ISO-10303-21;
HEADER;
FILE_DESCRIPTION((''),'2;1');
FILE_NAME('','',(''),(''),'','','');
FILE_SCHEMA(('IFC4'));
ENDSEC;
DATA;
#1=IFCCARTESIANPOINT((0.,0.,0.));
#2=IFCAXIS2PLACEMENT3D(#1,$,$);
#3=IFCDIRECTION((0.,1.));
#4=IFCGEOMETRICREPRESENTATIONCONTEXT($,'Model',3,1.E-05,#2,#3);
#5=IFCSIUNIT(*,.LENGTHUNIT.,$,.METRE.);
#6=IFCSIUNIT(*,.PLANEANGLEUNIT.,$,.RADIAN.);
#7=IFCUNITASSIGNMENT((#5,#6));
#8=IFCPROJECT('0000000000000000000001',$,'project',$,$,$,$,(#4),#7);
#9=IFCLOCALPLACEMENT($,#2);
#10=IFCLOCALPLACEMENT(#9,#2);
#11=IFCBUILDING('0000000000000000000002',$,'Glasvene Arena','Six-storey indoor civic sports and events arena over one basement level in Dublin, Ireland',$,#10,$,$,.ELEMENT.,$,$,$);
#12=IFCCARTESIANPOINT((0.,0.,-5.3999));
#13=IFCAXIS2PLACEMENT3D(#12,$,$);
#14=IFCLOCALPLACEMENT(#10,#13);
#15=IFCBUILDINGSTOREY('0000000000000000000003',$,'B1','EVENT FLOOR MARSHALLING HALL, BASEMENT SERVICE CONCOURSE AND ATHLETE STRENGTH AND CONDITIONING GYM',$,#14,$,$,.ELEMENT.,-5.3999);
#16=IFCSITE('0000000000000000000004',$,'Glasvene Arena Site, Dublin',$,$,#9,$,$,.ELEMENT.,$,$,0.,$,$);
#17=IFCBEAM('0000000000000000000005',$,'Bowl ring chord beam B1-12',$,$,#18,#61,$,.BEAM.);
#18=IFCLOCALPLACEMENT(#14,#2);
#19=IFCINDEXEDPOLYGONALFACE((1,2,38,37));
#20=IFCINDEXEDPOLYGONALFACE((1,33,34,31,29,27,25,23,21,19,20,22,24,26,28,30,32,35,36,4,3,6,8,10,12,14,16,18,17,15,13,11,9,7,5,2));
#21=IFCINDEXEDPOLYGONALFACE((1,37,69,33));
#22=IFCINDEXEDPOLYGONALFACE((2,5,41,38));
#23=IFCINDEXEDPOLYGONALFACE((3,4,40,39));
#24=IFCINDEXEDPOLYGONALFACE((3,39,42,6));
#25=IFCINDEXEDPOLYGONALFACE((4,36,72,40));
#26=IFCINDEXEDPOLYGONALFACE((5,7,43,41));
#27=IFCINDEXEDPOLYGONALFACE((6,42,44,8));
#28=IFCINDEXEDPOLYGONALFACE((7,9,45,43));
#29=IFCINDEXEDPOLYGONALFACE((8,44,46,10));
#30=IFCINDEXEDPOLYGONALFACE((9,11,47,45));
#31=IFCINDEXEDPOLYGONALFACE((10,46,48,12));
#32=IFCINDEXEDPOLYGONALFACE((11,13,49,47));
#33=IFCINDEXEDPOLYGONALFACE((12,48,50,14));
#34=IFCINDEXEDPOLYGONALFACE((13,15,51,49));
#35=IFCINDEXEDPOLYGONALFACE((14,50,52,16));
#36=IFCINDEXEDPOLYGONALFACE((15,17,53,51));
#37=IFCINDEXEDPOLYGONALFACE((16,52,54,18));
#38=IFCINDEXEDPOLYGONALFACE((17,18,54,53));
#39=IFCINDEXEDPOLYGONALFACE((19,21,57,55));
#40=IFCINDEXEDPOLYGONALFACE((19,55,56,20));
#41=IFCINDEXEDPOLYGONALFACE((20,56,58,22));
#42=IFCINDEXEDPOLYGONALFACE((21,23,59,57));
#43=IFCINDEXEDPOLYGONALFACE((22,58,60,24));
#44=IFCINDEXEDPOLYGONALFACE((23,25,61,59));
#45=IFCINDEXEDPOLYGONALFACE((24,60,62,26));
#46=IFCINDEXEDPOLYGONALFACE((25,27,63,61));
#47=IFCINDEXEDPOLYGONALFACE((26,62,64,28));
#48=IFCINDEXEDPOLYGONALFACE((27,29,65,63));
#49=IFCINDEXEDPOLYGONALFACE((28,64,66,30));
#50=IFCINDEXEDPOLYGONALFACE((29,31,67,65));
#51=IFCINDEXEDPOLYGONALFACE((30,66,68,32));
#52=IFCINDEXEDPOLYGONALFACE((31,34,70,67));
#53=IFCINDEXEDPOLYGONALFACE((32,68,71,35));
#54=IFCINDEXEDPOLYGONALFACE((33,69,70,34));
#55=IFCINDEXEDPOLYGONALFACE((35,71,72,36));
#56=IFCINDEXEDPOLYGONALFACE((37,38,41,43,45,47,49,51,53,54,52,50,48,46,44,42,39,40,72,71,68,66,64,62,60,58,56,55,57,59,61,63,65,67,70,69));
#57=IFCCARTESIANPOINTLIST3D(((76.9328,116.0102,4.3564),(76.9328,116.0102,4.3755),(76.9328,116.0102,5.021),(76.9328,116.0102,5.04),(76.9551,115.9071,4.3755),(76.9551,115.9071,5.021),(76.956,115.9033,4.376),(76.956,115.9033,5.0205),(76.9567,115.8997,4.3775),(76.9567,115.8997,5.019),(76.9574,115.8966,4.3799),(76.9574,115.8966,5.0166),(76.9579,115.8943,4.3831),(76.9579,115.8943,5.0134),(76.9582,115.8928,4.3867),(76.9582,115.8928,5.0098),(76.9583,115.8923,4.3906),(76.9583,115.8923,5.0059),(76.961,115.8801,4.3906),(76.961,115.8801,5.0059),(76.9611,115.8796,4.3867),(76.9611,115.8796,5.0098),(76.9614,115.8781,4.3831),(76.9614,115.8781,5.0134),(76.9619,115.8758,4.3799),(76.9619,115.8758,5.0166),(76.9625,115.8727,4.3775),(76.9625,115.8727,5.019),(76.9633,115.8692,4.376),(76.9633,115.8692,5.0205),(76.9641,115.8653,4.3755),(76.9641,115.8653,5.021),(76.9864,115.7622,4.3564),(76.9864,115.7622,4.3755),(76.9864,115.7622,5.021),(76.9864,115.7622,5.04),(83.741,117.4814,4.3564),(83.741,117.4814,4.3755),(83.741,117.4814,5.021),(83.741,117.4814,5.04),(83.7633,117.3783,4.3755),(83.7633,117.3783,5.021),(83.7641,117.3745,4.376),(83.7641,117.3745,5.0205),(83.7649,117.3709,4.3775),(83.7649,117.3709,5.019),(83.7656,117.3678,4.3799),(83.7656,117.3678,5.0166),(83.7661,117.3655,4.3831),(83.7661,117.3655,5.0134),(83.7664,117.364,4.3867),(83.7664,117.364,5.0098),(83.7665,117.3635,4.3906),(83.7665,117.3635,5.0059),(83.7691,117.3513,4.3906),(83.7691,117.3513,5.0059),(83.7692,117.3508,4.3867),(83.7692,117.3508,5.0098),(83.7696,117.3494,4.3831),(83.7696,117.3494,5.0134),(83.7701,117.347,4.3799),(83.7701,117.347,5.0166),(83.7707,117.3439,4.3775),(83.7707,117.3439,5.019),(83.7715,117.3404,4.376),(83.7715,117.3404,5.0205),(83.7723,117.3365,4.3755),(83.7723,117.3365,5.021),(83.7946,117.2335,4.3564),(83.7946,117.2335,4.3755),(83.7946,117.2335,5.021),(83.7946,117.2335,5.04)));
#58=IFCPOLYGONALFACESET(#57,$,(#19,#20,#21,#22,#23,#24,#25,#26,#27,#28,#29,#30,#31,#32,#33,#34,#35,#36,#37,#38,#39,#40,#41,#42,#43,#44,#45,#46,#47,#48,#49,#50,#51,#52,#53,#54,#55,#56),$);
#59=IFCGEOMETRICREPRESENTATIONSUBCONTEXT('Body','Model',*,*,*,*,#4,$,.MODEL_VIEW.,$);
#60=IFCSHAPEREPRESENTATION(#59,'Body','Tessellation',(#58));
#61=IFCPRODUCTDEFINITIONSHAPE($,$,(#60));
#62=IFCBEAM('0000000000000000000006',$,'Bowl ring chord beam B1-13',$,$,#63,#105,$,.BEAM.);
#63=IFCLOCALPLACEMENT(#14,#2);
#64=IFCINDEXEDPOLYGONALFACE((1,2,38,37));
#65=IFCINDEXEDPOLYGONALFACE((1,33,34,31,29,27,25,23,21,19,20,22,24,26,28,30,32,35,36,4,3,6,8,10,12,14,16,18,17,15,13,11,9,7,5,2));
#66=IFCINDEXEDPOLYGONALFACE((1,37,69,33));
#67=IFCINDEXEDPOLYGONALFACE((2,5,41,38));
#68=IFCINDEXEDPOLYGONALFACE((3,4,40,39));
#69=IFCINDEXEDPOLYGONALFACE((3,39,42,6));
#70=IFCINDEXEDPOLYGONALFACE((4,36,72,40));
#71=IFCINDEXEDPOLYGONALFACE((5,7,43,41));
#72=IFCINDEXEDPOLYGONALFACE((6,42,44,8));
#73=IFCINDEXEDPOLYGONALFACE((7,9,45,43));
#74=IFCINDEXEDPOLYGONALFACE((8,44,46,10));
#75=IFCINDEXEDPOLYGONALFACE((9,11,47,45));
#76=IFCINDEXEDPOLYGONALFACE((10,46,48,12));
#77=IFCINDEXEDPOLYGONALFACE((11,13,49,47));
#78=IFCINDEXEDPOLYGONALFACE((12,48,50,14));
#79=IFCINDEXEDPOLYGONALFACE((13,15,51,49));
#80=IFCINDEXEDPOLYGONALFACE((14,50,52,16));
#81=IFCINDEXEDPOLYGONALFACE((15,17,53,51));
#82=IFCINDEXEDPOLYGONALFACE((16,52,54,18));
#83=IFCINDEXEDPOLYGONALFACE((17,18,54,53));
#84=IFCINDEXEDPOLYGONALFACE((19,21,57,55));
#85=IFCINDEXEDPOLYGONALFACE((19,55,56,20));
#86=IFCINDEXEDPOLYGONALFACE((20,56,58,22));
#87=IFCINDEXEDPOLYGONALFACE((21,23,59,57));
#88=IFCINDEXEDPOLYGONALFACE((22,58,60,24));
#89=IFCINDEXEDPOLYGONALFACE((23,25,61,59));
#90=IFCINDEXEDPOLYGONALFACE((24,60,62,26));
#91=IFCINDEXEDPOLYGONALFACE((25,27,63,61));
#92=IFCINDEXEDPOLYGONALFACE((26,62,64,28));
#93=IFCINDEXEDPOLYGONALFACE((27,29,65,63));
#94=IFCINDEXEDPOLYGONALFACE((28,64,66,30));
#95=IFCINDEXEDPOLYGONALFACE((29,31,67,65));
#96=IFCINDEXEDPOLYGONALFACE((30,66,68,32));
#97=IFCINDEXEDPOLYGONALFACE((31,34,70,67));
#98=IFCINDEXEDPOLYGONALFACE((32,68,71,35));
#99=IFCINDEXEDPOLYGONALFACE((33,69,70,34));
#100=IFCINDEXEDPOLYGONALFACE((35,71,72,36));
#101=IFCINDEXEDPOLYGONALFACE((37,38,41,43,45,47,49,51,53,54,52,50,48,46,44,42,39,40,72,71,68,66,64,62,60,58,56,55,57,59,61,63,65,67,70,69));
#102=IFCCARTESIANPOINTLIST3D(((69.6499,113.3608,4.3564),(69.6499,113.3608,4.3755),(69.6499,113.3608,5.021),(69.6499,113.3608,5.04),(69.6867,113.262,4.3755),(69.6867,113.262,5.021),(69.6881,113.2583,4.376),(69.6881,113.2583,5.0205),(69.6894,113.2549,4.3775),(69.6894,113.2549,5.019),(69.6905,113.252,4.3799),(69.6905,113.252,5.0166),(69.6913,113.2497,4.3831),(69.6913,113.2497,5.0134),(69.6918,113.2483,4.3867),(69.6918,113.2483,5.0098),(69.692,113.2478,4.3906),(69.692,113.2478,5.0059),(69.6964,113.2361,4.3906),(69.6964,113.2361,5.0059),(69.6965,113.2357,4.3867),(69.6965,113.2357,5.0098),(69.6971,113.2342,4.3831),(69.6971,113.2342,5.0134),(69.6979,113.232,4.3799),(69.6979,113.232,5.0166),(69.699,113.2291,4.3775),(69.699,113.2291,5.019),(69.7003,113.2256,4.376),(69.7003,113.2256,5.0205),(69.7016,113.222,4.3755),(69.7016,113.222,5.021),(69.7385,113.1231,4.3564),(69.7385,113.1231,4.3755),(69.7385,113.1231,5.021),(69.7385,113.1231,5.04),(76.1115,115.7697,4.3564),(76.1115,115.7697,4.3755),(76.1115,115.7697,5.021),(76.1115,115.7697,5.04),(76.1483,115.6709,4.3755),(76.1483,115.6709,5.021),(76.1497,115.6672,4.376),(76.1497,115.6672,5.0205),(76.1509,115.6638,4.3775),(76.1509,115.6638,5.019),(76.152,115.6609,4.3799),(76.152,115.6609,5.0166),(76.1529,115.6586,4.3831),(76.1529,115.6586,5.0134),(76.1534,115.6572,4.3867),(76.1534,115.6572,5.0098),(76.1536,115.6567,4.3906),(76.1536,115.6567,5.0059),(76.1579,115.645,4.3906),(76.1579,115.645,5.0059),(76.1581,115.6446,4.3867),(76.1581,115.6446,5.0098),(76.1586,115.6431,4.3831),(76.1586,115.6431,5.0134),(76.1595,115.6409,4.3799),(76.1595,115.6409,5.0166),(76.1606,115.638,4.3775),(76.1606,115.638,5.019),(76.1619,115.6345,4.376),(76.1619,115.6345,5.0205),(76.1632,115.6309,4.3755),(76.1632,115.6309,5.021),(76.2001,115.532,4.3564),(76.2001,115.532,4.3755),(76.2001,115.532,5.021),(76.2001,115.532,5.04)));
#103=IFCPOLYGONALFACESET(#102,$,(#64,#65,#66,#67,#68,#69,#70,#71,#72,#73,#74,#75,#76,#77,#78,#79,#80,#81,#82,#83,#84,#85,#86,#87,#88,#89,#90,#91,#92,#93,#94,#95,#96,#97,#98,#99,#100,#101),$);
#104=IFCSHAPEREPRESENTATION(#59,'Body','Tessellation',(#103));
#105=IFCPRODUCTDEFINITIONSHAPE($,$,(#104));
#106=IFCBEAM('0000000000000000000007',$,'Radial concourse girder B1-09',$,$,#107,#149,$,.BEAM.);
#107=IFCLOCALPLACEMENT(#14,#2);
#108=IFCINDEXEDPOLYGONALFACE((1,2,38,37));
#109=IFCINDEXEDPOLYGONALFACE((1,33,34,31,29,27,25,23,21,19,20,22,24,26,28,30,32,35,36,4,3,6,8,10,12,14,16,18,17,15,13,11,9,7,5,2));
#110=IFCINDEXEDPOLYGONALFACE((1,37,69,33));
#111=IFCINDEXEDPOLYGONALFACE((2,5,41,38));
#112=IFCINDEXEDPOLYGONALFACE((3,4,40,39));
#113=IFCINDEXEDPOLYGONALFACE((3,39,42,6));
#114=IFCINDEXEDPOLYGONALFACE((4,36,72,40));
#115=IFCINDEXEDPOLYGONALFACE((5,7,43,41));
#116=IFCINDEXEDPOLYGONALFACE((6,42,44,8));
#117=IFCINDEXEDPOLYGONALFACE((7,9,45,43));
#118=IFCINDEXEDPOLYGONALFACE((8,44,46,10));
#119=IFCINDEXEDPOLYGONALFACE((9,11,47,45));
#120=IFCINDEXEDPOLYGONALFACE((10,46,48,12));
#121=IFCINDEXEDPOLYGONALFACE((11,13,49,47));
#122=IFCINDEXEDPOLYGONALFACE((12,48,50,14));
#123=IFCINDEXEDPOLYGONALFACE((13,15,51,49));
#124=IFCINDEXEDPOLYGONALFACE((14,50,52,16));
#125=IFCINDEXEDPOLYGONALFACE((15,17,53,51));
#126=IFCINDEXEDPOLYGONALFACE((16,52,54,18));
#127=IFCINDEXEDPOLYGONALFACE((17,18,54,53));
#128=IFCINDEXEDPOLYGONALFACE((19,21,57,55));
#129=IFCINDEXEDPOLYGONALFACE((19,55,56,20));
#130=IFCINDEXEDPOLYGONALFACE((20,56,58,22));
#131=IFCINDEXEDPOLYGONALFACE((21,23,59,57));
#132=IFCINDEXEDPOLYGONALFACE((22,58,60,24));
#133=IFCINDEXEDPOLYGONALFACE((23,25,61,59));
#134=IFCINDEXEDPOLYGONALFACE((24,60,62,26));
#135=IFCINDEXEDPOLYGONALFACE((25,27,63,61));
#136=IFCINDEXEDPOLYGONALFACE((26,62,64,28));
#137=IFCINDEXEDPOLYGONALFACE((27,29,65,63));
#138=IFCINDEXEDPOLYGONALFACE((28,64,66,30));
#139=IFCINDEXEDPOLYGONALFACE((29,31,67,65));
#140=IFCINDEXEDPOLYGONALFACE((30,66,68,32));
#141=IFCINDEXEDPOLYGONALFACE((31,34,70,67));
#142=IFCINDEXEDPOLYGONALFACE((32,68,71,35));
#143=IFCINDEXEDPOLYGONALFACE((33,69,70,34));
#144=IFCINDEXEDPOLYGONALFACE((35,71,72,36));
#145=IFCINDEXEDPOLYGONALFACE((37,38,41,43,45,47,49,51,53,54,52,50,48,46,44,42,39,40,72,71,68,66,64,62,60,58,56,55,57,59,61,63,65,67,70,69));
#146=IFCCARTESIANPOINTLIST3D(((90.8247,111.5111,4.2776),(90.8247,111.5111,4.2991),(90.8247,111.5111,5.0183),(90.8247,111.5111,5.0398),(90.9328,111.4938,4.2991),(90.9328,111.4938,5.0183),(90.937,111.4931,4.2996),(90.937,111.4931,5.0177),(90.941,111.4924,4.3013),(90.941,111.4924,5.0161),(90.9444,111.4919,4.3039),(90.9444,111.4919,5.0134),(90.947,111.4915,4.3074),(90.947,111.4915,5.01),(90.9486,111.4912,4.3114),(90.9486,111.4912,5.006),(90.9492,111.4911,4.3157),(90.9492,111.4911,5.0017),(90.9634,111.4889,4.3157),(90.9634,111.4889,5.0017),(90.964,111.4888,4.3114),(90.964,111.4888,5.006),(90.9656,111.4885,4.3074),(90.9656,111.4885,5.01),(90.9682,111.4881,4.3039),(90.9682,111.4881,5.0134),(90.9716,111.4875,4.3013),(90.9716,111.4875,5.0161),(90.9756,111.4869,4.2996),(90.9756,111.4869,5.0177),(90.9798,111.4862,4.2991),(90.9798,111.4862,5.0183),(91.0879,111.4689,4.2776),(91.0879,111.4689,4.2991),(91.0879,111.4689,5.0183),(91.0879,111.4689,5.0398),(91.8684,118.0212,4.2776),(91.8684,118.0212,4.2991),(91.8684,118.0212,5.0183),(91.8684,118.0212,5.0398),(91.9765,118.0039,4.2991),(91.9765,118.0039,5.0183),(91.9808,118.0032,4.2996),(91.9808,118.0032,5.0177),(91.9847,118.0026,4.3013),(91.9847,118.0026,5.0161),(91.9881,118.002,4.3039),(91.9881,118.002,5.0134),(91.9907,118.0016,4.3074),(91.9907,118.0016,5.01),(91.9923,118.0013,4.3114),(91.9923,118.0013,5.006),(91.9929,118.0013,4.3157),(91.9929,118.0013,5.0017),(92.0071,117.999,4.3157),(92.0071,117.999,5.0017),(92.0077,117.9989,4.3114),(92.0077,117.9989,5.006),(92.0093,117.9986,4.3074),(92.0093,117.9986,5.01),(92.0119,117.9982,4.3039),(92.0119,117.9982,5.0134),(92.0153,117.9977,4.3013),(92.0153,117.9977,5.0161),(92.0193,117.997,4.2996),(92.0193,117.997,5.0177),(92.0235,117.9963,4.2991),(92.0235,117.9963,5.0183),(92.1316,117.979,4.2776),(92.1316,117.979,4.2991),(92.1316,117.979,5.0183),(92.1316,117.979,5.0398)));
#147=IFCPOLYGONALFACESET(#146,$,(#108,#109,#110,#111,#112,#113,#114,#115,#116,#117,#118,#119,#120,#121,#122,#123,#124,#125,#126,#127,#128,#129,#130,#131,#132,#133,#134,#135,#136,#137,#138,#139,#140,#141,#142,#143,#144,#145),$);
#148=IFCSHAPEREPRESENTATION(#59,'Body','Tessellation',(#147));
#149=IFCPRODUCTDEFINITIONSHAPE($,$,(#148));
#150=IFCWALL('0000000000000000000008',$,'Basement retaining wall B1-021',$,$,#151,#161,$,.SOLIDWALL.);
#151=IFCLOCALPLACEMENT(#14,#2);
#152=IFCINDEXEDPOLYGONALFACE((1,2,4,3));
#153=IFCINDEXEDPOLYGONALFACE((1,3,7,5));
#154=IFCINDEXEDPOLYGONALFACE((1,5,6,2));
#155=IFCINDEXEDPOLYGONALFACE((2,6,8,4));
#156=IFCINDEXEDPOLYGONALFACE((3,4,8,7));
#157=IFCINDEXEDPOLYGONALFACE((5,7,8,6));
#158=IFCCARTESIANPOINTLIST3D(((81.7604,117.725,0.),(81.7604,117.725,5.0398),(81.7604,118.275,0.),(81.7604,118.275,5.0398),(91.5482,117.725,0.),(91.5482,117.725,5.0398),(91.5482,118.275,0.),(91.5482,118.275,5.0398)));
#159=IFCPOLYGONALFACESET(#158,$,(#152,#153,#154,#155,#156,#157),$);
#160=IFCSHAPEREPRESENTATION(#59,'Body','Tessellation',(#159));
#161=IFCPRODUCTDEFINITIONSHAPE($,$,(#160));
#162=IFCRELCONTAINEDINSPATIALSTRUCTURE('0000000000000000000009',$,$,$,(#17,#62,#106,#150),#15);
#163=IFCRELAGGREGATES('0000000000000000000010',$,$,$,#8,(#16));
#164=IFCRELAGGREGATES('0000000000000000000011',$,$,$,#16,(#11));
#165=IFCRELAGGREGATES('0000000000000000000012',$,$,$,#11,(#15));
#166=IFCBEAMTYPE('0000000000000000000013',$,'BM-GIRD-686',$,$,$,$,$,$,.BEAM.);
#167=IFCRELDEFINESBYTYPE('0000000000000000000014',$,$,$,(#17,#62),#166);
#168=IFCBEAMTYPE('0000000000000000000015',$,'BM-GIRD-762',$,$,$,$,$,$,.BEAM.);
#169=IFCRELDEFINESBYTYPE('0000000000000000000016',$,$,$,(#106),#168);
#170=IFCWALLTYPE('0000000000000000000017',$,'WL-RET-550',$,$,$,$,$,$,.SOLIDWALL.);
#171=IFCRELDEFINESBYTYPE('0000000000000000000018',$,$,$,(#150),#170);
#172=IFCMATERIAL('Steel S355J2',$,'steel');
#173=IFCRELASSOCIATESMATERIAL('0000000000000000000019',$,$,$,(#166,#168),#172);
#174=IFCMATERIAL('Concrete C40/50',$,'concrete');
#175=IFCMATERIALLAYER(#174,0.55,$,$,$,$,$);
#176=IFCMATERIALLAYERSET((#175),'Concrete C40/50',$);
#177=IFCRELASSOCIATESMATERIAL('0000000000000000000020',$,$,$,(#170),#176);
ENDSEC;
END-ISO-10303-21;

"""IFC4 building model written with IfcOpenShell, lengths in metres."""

from ifc_helpers import new_model, si_unit, direction, frame, frame_2d, origin, origin_2d, place, context, subcontext, project, spatial, rectangle, i_section, extrude, material, layer, layer_set, material_profile, profile_set, type_object, element, save


model = new_model("IFC4")

# Units and contexts
model_context = context("Model", 3, precision=1e-05, world=origin(), true_north=direction((0.0, 1.0)))
body_context = subcontext(model_context, "Body", "Model", "MODEL_VIEW")
ifc_project = project(units=[si_unit("LENGTHUNIT", "METRE"), si_unit("PLANEANGLEUNIT", "RADIAN")], contexts=[model_context])

# Site, building, storey
site_placement = place(None, origin())
site = spatial("IfcSite", under=ifc_project, at=site_placement, Name="Glasvene Arena Site, Dublin", CompositionType="ELEMENT", RefElevation=0.0)
building_placement = place(site_placement, origin())
building = spatial("IfcBuilding", under=site, at=building_placement, Name="Glasvene Arena", Description="Six-storey indoor civic sports and events arena over one basement level in Dublin, Ireland", CompositionType="ELEMENT")
storey_placement = place(building_placement, frame((0.0, 0.0, -5.3999)))
storey = spatial("IfcBuildingStorey", under=building, at=storey_placement, Name="B1", Description="EVENT FLOOR MARSHALLING HALL, BASEMENT SERVICE CONCOURSE AND ATHLETE STRENGTH AND CONDITIONING GYM", CompositionType="ELEMENT", Elevation=-5.3999)

# Shared definitions
ifc_material_1 = material(Name="Concrete C40/50", Category="concrete")

# Shared definitions
ifc_material_2 = material(Name="Steel S355J2", Category="steel")

# Beams
ifc_material_profile_1 = material_profile(ifc_material_2, i_section(OverallWidth=0.2537, OverallDepth=0.6836, WebThickness=0.0125, FlangeThickness=0.019, FilletRadius=0.0151, at=origin_2d()), Name="UKB 686x254x140")
ifc_profile_set_1 = profile_set([ifc_material_profile_1], Name="Steel S355J2")
beam_type_1 = type_object("IfcBeamType", Name="BM-GIRD-686", PredefinedType="BEAM", material=ifc_profile_set_1)
beam_1_placement = place(storey_placement, frame((83.7678, 117.3574, 4.6982), z_axis=(-0.977439, -0.211219, 0.0), x_axis=(0.211219, -0.977439, 0.0)))
element("IfcBeam", 1, at=beam_1_placement, inside=storey, type_object=beam_type_1, Name="Bowl ring chord beam B1-12", PredefinedType="BEAM", context=body_context, shape_type="SweptSolid", body=[
    extrude(i_section(OverallWidth=0.2537, OverallDepth=0.6836, WebThickness=0.0125, FlangeThickness=0.019, FilletRadius=0.0151, at=origin_2d()), origin(), (0.0, 0.0, 1.0), 6.9653),
])
beam_2_placement = place(storey_placement, frame((76.1558, 115.6509, 4.6982), z_axis=(-0.937004, -0.349319, 0.0), x_axis=(0.349319, -0.937004, 0.0)))
element("IfcBeam", 2, at=beam_2_placement, inside=storey, type_object=beam_type_1, Name="Bowl ring chord beam B1-13", PredefinedType="BEAM", context=body_context, shape_type="SweptSolid", body=[
    extrude(i_section(OverallWidth=0.2537, OverallDepth=0.6836, WebThickness=0.0125, FlangeThickness=0.019, FilletRadius=0.0151, at=origin_2d()), origin(), (0.0, 0.0, 1.0), 6.896),
])
ifc_material_profile_2 = material_profile(ifc_material_2, i_section(OverallWidth=0.2666, OverallDepth=0.7622, WebThickness=0.0144, FlangeThickness=0.0215, FilletRadius=0.0166, at=origin_2d()), Name="UKB 762x267x173")
ifc_profile_set_2 = profile_set([ifc_material_profile_2], Name="Steel S355J2")
beam_type_2 = type_object("IfcBeamType", Name="BM-GIRD-762", PredefinedType="BEAM", material=ifc_profile_set_2)
beam_3_placement = place(storey_placement, frame((90.9563, 111.49, 4.6587), z_axis=(0.158301, 0.987391, 0.0), x_axis=(-0.987391, 0.158301, 0.0)))
element("IfcBeam", 3, at=beam_3_placement, inside=storey, type_object=beam_type_2, Name="Radial concourse girder B1-09", PredefinedType="BEAM", context=body_context, shape_type="SweptSolid", body=[
    extrude(i_section(OverallWidth=0.2666, OverallDepth=0.7622, WebThickness=0.0144, FlangeThickness=0.0215, FilletRadius=0.0166, at=origin_2d()), origin(), (0.0, 0.0, 1.0), 6.5933),
])

# Wall
ifc_layer = layer(ifc_material_1, 0.55)
ifc_layer_set = layer_set([ifc_layer], Name="Concrete C40/50")
wall_type = type_object("IfcWallType", Name="WL-RET-550", PredefinedType="SOLIDWALL", material=ifc_layer_set)
wall_placement = place(storey_placement, frame((81.7603, 118.0, 0.0), z_axis=(0.0, 0.0, 1.0), x_axis=(1.0, 0.0, 0.0)))
element("IfcWall", 4, at=wall_placement, inside=storey, type_object=wall_type, Name="Basement retaining wall B1-021", PredefinedType="SOLIDWALL", context=body_context, shape_type="SweptSolid", body=[
    extrude(rectangle(XDim=9.7878, YDim=0.55, at=frame_2d((4.894, 0.0))), origin(), (0.0, 0.0, 1.0), 5.0398),
])

save(model, "model.ifc")
